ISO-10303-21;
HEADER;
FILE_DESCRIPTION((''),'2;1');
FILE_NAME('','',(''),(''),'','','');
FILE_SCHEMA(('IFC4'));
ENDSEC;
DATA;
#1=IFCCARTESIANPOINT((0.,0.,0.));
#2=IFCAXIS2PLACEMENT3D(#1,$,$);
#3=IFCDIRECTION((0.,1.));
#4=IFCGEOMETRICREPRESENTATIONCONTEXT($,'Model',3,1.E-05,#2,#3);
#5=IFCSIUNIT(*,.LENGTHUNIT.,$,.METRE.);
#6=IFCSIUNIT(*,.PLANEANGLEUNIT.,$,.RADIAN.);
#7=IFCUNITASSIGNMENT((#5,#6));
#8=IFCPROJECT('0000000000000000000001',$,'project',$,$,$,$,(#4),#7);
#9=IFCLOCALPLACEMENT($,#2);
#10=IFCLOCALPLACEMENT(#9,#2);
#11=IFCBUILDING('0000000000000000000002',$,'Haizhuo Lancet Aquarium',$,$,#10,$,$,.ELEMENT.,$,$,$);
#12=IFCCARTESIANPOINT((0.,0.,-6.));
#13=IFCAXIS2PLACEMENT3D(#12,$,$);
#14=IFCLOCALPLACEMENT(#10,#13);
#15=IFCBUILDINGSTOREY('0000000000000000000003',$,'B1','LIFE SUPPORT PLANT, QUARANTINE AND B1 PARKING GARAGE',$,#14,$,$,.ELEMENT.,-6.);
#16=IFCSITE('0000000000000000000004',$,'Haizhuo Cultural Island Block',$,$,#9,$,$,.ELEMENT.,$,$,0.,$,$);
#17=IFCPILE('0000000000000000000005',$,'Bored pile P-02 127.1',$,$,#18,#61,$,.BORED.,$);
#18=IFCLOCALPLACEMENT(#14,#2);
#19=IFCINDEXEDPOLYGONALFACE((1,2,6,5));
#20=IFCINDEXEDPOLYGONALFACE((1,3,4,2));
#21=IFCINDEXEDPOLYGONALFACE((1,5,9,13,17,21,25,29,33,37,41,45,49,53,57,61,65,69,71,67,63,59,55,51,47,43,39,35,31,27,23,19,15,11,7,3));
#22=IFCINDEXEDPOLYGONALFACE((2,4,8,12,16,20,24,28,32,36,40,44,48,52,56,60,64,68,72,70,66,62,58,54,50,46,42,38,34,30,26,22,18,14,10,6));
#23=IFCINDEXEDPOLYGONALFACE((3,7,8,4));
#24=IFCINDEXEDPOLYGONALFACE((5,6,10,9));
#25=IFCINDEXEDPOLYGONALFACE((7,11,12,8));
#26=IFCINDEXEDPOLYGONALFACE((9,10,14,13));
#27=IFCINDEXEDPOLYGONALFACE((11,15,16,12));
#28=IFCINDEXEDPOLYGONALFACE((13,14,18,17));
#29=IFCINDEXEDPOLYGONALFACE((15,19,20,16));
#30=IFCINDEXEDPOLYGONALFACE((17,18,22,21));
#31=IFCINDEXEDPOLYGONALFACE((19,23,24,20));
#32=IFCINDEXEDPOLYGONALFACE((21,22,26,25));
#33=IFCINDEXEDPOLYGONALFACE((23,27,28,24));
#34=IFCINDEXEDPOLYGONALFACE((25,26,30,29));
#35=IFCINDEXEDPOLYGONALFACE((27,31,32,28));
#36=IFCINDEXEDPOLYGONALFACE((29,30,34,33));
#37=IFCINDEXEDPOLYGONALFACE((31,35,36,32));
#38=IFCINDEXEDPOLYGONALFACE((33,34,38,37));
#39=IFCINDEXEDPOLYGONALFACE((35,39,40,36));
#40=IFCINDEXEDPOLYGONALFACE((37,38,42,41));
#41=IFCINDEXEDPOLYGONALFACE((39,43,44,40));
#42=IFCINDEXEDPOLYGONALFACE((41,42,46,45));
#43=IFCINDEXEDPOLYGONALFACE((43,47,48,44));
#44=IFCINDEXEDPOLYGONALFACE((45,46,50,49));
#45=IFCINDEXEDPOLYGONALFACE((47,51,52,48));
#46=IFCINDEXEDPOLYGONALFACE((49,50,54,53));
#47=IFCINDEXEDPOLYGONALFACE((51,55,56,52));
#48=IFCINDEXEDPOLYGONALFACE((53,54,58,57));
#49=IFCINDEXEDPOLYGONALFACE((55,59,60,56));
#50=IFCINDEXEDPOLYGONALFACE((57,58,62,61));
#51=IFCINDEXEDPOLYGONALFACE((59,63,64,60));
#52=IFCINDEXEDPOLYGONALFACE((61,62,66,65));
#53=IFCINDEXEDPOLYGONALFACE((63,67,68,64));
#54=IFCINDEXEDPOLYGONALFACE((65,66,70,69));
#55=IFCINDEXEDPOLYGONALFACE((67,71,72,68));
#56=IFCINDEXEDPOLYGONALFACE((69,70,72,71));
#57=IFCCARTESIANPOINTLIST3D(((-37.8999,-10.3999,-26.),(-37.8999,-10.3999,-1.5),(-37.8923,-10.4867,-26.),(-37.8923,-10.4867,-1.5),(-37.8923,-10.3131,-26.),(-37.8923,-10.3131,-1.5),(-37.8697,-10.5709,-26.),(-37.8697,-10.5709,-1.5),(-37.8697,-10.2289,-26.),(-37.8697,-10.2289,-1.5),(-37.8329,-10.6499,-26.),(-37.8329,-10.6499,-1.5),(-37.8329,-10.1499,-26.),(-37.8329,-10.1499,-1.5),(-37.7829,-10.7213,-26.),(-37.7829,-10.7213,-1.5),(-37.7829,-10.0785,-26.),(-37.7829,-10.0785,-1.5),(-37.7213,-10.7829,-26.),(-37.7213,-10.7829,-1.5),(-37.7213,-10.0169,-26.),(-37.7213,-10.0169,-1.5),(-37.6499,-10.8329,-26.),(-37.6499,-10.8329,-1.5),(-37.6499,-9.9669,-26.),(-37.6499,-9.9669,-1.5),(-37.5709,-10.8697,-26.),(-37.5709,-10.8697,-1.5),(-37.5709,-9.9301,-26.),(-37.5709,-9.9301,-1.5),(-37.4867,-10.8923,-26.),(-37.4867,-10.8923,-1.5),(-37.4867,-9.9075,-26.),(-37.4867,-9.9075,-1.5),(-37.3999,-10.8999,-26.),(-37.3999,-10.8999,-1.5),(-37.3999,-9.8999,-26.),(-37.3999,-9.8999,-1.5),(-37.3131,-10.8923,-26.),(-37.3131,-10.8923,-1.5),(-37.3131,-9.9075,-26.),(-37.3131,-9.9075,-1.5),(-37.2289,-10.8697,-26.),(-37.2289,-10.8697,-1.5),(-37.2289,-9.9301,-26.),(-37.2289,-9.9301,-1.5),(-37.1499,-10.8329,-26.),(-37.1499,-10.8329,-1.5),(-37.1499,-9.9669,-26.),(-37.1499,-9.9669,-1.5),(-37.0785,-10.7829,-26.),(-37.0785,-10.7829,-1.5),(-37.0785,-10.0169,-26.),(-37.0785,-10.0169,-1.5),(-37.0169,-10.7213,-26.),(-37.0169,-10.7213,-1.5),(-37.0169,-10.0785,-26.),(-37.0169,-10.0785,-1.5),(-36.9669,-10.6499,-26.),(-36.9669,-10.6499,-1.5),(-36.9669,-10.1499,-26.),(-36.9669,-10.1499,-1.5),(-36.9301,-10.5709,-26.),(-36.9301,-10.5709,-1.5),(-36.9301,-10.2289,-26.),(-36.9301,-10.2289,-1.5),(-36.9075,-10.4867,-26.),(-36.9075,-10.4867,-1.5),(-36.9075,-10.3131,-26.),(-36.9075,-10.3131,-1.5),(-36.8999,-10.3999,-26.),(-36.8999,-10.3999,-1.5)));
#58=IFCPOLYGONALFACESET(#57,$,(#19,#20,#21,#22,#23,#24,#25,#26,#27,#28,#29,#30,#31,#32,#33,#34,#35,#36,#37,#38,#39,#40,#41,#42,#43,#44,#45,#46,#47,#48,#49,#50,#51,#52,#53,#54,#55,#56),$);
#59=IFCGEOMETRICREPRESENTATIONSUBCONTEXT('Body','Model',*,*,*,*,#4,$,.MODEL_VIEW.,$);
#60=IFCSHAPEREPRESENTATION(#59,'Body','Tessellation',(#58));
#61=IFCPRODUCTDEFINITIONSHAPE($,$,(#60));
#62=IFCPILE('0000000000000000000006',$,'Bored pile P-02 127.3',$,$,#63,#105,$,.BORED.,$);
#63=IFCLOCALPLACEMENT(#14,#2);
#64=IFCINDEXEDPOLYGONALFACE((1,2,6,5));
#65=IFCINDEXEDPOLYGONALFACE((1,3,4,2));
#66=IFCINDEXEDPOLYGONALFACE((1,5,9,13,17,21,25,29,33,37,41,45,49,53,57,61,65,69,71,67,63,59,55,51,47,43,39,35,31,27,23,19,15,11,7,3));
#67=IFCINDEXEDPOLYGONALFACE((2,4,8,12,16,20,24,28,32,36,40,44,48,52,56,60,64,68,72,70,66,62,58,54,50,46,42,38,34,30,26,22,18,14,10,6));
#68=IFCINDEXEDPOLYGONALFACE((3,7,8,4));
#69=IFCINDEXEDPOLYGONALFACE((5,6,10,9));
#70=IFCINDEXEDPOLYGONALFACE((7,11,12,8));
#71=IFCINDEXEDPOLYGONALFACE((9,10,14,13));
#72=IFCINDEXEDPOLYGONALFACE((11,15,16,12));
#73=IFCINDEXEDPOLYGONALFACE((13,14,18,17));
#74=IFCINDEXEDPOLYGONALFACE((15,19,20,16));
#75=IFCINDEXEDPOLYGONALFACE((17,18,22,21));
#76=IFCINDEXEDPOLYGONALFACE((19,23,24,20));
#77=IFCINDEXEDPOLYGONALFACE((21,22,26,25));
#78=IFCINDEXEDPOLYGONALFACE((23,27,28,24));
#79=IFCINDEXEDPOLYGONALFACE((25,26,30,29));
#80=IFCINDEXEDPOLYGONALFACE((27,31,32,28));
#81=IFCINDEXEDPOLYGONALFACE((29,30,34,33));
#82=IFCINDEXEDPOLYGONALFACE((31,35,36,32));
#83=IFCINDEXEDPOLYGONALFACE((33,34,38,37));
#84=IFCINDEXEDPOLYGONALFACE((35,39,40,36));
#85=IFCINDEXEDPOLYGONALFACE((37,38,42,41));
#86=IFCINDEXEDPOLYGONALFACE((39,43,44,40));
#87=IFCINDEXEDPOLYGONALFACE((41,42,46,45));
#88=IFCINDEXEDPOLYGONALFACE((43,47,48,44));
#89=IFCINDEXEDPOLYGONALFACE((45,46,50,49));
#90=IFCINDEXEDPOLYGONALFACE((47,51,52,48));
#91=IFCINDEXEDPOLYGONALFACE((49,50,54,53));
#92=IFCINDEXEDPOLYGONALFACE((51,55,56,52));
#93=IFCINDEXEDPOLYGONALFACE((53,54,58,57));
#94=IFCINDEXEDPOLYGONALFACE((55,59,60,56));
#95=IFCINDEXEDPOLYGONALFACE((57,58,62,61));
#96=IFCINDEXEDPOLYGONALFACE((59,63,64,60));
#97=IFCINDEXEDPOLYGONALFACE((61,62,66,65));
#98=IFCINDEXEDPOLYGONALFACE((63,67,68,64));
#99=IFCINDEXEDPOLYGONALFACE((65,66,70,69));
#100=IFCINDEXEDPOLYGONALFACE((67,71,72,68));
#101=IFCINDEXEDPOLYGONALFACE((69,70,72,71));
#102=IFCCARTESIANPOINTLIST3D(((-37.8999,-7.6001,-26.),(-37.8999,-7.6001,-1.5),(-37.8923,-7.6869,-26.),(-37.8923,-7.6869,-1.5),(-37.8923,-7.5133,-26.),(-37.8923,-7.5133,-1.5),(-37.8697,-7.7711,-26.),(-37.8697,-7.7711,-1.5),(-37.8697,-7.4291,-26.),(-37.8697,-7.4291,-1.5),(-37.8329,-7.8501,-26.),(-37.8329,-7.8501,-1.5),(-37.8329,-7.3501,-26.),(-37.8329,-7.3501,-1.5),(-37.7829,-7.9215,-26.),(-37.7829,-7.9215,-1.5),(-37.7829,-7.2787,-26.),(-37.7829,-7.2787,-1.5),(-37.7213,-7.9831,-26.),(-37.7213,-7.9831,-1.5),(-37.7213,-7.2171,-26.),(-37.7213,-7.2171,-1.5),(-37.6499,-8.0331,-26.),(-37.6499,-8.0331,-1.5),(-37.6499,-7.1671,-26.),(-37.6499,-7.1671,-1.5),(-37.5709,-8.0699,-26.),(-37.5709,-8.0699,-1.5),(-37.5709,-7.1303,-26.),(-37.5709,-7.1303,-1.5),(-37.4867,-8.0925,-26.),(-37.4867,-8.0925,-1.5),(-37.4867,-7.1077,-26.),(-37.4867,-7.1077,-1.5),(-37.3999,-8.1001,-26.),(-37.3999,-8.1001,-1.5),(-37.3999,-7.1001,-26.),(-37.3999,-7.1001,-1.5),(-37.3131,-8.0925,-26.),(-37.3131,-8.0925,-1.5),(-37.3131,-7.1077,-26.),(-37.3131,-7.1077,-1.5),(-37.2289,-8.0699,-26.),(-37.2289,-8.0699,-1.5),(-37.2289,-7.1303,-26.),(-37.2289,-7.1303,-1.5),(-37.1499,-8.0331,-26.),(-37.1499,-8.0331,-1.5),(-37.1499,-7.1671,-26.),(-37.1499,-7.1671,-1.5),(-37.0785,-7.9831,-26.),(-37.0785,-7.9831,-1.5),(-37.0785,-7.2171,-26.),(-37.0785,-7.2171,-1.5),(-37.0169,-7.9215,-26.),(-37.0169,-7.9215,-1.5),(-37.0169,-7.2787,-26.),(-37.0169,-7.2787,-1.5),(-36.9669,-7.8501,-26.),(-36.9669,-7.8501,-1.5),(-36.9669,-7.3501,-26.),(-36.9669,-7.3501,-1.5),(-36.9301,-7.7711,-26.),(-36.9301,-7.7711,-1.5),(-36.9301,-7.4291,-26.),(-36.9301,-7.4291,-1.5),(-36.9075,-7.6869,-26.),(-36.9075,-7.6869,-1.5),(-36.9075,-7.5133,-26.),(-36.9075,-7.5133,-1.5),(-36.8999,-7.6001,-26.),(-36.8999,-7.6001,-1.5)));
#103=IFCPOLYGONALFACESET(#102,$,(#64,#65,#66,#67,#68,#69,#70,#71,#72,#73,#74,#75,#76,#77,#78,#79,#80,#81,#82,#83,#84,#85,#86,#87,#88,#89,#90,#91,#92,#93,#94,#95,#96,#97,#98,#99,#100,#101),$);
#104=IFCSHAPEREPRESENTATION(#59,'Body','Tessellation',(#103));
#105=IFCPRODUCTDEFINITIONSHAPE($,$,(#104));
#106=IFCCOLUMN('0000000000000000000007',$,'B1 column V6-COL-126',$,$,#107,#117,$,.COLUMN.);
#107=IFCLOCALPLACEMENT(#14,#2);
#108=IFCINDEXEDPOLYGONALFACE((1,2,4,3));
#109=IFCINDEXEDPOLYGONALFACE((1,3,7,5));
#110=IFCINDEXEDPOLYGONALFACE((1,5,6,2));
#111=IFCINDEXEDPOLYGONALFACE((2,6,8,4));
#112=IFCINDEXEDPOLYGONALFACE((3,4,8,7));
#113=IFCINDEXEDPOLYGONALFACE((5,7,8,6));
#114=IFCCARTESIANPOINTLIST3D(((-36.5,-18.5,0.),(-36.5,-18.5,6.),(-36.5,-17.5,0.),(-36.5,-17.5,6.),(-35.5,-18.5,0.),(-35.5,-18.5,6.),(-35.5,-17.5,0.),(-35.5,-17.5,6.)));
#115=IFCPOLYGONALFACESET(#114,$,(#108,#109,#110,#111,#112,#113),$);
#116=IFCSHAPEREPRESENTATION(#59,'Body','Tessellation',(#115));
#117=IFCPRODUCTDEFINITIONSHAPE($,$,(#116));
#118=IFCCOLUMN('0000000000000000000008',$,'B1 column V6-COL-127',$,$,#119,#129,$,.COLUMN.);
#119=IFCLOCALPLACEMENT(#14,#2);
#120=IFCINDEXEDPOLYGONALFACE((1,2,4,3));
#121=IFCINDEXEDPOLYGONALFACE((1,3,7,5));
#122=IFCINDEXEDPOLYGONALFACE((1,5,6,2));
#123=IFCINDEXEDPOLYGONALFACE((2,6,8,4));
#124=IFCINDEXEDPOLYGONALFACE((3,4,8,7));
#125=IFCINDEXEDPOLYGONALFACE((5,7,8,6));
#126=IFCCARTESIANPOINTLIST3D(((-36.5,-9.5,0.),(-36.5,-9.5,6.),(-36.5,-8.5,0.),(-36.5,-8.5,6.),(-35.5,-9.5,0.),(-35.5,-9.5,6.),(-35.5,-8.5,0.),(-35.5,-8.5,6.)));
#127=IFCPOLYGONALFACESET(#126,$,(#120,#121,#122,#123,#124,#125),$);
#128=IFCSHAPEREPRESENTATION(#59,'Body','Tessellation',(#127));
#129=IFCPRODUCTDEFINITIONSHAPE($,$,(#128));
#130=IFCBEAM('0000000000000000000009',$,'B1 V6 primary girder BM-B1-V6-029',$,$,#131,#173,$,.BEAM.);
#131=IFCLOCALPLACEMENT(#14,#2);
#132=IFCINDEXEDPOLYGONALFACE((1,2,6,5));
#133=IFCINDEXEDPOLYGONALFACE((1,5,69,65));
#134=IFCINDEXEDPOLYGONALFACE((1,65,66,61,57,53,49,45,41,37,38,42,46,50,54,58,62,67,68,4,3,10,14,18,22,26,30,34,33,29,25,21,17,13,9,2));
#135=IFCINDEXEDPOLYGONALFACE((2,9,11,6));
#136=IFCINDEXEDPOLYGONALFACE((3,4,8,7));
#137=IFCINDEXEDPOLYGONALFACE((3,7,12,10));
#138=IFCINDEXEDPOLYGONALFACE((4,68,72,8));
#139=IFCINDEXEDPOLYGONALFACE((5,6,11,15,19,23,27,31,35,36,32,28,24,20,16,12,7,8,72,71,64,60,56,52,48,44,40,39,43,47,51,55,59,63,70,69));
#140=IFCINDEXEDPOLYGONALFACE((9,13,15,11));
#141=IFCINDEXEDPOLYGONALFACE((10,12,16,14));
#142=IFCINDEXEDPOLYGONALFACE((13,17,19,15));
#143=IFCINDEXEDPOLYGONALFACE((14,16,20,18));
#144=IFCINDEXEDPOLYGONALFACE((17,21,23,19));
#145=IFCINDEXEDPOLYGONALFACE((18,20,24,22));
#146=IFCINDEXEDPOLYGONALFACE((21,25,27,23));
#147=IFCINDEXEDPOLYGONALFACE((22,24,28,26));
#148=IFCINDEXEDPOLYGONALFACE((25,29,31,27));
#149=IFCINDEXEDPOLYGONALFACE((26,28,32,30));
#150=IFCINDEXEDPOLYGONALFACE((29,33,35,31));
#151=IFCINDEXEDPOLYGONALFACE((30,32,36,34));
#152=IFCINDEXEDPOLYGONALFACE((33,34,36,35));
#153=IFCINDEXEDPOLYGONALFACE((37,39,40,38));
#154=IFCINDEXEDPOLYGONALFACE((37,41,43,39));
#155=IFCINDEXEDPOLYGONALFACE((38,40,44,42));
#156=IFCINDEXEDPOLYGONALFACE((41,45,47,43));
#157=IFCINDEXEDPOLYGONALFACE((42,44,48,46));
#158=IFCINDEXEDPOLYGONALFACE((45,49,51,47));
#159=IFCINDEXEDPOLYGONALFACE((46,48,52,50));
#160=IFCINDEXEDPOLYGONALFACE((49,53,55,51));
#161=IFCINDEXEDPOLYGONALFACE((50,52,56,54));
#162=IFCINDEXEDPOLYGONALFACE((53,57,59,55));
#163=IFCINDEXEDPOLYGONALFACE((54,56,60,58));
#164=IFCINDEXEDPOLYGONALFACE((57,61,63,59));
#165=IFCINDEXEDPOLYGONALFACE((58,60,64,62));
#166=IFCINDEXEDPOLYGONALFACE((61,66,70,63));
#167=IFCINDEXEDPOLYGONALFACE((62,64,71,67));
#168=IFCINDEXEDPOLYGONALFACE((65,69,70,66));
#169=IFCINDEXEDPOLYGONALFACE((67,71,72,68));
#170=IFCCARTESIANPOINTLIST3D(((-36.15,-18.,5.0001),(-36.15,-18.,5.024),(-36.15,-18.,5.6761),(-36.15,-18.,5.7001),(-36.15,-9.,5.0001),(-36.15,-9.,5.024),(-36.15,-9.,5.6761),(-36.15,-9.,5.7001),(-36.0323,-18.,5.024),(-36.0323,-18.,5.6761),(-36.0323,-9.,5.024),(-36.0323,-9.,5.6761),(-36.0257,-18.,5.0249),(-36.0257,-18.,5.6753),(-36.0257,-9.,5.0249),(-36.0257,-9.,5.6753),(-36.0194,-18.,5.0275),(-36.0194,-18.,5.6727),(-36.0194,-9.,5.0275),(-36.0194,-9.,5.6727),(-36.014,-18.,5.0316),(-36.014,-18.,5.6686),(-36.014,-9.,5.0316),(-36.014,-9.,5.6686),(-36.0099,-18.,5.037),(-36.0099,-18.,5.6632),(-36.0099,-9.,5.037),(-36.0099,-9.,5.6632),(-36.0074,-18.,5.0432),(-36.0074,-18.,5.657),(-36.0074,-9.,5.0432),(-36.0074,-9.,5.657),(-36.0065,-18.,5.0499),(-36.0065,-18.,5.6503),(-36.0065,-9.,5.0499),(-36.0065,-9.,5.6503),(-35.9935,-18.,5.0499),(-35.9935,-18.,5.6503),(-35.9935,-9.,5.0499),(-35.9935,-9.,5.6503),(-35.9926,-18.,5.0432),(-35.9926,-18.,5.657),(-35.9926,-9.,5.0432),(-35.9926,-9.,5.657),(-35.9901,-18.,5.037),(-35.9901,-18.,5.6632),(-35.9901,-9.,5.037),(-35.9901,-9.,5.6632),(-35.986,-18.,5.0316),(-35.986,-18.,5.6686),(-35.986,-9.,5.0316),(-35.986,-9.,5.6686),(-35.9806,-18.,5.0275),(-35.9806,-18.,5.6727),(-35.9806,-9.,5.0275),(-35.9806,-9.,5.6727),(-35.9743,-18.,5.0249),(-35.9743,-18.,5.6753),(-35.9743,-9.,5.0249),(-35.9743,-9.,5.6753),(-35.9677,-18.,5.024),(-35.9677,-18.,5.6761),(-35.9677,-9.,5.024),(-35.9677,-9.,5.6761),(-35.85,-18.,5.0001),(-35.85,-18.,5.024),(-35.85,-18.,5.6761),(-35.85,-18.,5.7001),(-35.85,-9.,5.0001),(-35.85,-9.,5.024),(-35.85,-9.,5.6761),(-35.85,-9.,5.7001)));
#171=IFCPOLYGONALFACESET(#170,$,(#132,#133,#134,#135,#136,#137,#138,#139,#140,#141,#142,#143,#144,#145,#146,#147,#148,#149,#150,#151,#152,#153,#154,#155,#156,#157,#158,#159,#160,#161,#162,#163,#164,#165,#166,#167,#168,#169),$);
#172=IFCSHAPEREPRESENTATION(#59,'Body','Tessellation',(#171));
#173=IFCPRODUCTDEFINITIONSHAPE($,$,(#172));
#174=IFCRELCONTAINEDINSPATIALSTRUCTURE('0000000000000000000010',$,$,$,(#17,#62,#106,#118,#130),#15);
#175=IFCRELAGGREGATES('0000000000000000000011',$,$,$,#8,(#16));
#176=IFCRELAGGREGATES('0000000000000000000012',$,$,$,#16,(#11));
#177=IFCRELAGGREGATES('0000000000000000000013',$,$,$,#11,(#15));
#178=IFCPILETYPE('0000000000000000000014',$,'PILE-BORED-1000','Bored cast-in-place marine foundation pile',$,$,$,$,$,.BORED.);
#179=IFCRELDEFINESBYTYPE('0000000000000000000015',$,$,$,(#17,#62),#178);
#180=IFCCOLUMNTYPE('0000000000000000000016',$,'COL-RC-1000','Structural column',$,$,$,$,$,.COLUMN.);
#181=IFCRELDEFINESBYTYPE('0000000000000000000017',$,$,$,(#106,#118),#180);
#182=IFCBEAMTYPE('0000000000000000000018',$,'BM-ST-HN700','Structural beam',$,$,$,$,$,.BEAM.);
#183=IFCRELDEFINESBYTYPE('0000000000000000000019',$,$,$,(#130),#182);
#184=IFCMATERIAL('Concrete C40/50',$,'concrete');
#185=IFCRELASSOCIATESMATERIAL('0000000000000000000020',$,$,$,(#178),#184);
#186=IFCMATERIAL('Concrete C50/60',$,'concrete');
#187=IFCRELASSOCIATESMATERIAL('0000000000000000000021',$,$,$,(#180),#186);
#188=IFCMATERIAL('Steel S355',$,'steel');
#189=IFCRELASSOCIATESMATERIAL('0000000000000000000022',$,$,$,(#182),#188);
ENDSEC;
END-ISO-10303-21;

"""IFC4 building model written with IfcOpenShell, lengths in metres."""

from ifc_helpers import new_model, si_unit, direction, frame, origin, origin_2d, place, context, subcontext, project, spatial, rectangle, circle, i_section, extrude, material, material_profile, profile_set, type_object, element, save


model = new_model("IFC4")

# Units and contexts
model_context = context("Model", 3, precision=1e-05, world=origin(), true_north=direction((0.0, 1.0)))
body_context = subcontext(model_context, "Body", "Model", "MODEL_VIEW")
ifc_project = project(units=[si_unit("LENGTHUNIT", "METRE"), si_unit("PLANEANGLEUNIT", "RADIAN")], contexts=[model_context])

# Site, building, storey
site_placement = place(None, origin())
site = spatial("IfcSite", under=ifc_project, at=site_placement, Name="Haizhuo Cultural Island Block", CompositionType="ELEMENT", RefElevation=0.0)
building_placement = place(site_placement, origin())
building = spatial("IfcBuilding", under=site, at=building_placement, Name="Haizhuo Lancet Aquarium", CompositionType="ELEMENT")
storey_placement = place(building_placement, frame((0.0, 0.0, -6.0)))
storey = spatial("IfcBuildingStorey", under=building, at=storey_placement, Name="B1", Description="LIFE SUPPORT PLANT, QUARANTINE AND B1 PARKING GARAGE", CompositionType="ELEMENT", Elevation=-6.0)

# Shared definitions
ifc_material_1 = material(Name="Concrete C40/50", Category="concrete")

# Piles
ifc_material_profile_1 = material_profile(ifc_material_1, circle(Radius=0.5, at=origin_2d()), Name="PILE-1000")
ifc_profile_set_1 = profile_set([ifc_material_profile_1], Name="Concrete C40/50")
pile_type = type_object("IfcPileType", Name="PILE-BORED-1000", Description="Bored cast-in-place marine foundation pile", PredefinedType="BORED", material=ifc_profile_set_1)
for number, where, z_axis, x_axis, name in (
    (1, (-37.3999, -10.3999, -1.5), (0.0, 0.0, -1.0), (1.0, 0.0, 0.0), "Bored pile P-02 127.1"),
    (2, (-37.3999, -7.6001, -1.5), (0.0, 0.0, -1.0), (1.0, 0.0, 0.0), "Bored pile P-02 127.3"),
):
    element("IfcPile", number, at=place(storey_placement, frame(where, z_axis=z_axis, x_axis=x_axis)), inside=storey, type_object=pile_type, Name=name, PredefinedType="BORED", context=body_context, shape_type="SweptSolid", body=[
        extrude(circle(Radius=0.5, at=origin_2d()), origin(), (0.0, 0.0, 1.0), 24.5),
    ])

# Columns
ifc_material_2 = material(Name="Concrete C50/60", Category="concrete")
ifc_material_profile_2 = material_profile(ifc_material_2, rectangle(XDim=1.0, YDim=1.0, at=origin_2d()), Name="RC-COL 1000x1000")
ifc_profile_set_2 = profile_set([ifc_material_profile_2], Name="Concrete C50/60")
column_type = type_object("IfcColumnType", Name="COL-RC-1000", Description="Structural column", PredefinedType="COLUMN", material=ifc_profile_set_2)
for number, where, z_axis, x_axis, name in (
    (3, (-36.0, -18.0, 0.0), (0.0, 0.0, 1.0), (1.0, 0.0, 0.0), "B1 column V6-COL-126"),
    (4, (-36.0, -9.0, 0.0), (0.0, 0.0, 1.0), (1.0, 0.0, 0.0), "B1 column V6-COL-127"),
):
    element("IfcColumn", number, at=place(storey_placement, frame(where, z_axis=z_axis, x_axis=x_axis)), inside=storey, type_object=column_type, Name=name, PredefinedType="COLUMN", context=body_context, shape_type="SweptSolid", body=[
        extrude(rectangle(XDim=1.0, YDim=1.0, at=origin_2d()), origin(), (0.0, 0.0, 1.0), 6.0),
    ])

# Beam
ifc_material_3 = material(Name="Steel S355", Category="steel")
ifc_material_profile_3 = material_profile(ifc_material_3, i_section(OverallWidth=0.3, OverallDepth=0.7, WebThickness=0.0129, FlangeThickness=0.0239, FilletRadius=0.0259, at=origin_2d()), Name="HN 700x300x13x24")
ifc_profile_set_3 = profile_set([ifc_material_profile_3], Name="Steel S355")
beam_type_1 = type_object("IfcBeamType", Name="BM-ST-HN700", Description="Structural beam", PredefinedType="BEAM", material=ifc_profile_set_3)
beam_1_placement = place(storey_placement, frame((-36.0, -18.0, 5.3501), z_axis=(0.0, 1.0, 0.0), x_axis=(-1.0, 0.0, 0.0)))
element("IfcBeam", 5, at=beam_1_placement, inside=storey, type_object=beam_type_1, Name="B1 V6 primary girder BM-B1-V6-029", PredefinedType="BEAM", context=body_context, shape_type="SweptSolid", body=[
    extrude(i_section(OverallWidth=0.3, OverallDepth=0.7, WebThickness=0.0129, FlangeThickness=0.0239, FilletRadius=0.0259, at=origin_2d()), origin(), (0.0, 0.0, 1.0), 9.0),
])

save(model, "model.ifc")
